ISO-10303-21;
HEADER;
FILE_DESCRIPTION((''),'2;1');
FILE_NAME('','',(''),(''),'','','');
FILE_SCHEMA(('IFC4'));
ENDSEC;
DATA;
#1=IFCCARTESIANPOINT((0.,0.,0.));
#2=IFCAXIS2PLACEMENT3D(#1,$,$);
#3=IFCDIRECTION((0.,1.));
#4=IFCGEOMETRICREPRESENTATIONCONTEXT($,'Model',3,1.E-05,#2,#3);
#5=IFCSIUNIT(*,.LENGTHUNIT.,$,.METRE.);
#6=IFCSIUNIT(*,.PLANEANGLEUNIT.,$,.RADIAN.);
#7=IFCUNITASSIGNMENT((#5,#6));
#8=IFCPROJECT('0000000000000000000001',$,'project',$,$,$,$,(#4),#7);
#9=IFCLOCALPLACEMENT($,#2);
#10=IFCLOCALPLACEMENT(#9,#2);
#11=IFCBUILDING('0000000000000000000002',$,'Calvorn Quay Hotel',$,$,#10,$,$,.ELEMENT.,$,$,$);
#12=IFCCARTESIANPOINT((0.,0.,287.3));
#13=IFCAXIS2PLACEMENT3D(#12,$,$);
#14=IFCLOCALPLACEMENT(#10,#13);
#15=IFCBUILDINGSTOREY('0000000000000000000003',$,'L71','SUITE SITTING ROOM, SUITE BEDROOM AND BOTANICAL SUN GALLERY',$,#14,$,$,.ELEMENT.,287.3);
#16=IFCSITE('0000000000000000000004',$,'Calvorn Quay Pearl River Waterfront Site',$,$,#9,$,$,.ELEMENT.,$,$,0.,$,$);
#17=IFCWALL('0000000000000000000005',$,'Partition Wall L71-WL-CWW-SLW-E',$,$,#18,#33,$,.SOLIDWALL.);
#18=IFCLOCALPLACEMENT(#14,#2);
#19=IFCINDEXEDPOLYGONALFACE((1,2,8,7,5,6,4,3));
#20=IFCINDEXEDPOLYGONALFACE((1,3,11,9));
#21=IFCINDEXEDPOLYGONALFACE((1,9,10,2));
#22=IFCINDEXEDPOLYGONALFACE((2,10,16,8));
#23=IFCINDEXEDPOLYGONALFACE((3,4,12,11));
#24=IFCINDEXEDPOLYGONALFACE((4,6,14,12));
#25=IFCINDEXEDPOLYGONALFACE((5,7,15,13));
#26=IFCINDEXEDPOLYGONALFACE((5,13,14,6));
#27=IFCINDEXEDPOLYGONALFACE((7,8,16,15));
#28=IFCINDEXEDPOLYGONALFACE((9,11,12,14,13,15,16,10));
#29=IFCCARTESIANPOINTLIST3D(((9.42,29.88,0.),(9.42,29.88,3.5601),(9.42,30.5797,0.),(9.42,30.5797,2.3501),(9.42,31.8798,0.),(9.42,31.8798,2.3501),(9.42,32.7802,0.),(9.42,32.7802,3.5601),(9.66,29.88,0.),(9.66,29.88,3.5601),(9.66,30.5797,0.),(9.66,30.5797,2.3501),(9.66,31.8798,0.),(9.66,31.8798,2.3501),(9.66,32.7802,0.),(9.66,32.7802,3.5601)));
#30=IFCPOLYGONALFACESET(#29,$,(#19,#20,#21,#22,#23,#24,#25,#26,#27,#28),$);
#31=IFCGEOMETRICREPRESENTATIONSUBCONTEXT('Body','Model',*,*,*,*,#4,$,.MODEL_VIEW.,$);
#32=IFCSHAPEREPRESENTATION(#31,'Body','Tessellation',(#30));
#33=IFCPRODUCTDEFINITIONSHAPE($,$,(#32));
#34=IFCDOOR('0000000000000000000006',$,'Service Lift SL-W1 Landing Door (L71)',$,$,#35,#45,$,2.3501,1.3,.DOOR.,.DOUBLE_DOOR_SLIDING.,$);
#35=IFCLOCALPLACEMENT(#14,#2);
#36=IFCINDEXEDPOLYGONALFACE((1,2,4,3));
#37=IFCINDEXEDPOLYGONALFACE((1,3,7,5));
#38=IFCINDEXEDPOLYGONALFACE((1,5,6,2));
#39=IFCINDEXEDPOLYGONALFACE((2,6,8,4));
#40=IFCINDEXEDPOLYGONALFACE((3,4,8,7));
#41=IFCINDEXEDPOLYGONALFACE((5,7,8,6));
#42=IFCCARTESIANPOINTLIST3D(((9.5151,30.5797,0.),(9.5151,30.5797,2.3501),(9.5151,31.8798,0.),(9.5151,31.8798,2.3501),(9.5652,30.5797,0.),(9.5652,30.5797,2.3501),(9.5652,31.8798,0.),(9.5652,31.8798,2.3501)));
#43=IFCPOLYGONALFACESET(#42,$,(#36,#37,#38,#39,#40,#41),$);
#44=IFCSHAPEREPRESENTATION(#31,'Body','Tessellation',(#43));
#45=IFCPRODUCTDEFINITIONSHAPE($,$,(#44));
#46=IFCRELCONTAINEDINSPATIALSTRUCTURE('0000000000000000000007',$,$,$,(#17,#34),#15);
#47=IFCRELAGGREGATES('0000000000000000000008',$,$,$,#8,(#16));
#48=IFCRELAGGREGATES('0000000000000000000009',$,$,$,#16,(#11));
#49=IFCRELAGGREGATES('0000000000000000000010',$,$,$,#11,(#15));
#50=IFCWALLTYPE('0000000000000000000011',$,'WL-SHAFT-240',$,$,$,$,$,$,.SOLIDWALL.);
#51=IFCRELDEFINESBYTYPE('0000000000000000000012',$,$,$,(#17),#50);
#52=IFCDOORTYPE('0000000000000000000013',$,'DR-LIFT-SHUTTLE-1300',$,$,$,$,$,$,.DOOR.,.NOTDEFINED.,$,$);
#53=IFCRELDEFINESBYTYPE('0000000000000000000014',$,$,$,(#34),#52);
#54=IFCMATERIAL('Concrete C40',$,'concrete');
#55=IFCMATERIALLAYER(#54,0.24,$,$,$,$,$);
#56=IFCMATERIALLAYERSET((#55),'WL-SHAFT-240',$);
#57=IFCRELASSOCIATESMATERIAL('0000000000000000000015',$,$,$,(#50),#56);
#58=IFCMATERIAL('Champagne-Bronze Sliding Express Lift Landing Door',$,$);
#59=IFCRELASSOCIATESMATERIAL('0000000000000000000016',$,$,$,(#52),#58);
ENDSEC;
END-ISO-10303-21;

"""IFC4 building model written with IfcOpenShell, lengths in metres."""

from ifc_helpers import new_model, si_unit, direction, frame, frame_2d, origin, place, context, subcontext, project, spatial, rectangle, extrude, material, layer, layer_set, type_object, element, fill, save


model = new_model("IFC4")

# Units and contexts
model_context = context("Model", 3, precision=1e-05, world=origin(), true_north=direction((0.0, 1.0)))
body_context = subcontext(model_context, "Body", "Model", "MODEL_VIEW")
ifc_project = project(units=[si_unit("LENGTHUNIT", "METRE"), si_unit("PLANEANGLEUNIT", "RADIAN")], contexts=[model_context])

# Site, building, storey
site_placement = place(None, origin())
site = spatial("IfcSite", under=ifc_project, at=site_placement, Name="Calvorn Quay Pearl River Waterfront Site", CompositionType="ELEMENT", RefElevation=0.0)
building_placement = place(site_placement, origin())
building = spatial("IfcBuilding", under=site, at=building_placement, Name="Calvorn Quay Hotel", CompositionType="ELEMENT")
storey_placement = place(building_placement, frame((0.0, 0.0, 287.3)))
storey = spatial("IfcBuildingStorey", under=building, at=storey_placement, Name="L71", Description="SUITE SITTING ROOM, SUITE BEDROOM AND BOTANICAL SUN GALLERY", CompositionType="ELEMENT", Elevation=287.3)

# Wall, opening, door
ifc_material_1 = material(Name="Concrete C40", Category="concrete")
ifc_layer_1 = layer(ifc_material_1, 0.24)
ifc_layer_set_1 = layer_set([ifc_layer_1], Name="WL-SHAFT-240")
wall_type_1 = type_object("IfcWallType", Name="WL-SHAFT-240", PredefinedType="SOLIDWALL", material=ifc_layer_set_1)
wall_1_placement = place(storey_placement, frame((9.54, 29.8799, 0.0), z_axis=(0.0, 0.0, 1.0), x_axis=(0.0, 1.0, 0.0)))
wall_1 = element("IfcWall", 1, at=wall_1_placement, inside=storey, type_object=wall_type_1, Name="Partition Wall L71-WL-CWW-SLW-E", PredefinedType="SOLIDWALL", context=body_context, shape_type="SweptSolid", body=[
    extrude(rectangle(XDim=2.9001, YDim=0.24, at=frame_2d((1.4502, 0.0))), origin(), (0.0, 0.0, 1.0), 3.5601),
])
opening_1_placement = place(wall_1_placement, frame((0.7, 0.0, 0.0)))
opening_1 = element("IfcOpeningElement", 2, at=opening_1_placement, cuts=wall_1, PredefinedType="OPENING", context=body_context, shape_type="SweptSolid", body=[
    extrude(rectangle(XDim=1.3, YDim=2.3501, at=frame_2d((0.6499, 1.175))), frame((0.0, 0.1299, 0.0), z_axis=(0.0, -1.0, 0.0), x_axis=(1.0, 0.0, 0.0)), (0.0, 0.0, 1.0), 0.26),
])
ifc_material_2 = material(Name="Champagne-Bronze Sliding Express Lift Landing Door")
door_type_1 = type_object("IfcDoorType", Name="DR-LIFT-SHUTTLE-1300", OperationType="NOTDEFINED", PredefinedType="DOOR", material=ifc_material_2)
door_1_placement = place(opening_1_placement, origin())
door_1 = element("IfcDoor", 3, at=door_1_placement, inside=storey, type_object=door_type_1, Name="Service Lift SL-W1 Landing Door (L71)", OperationType="DOUBLE_DOOR_SLIDING", OverallHeight=2.3501, OverallWidth=1.3, PredefinedType="DOOR", context=body_context, shape_type="SweptSolid", body=[
    extrude(rectangle(XDim=1.3, YDim=2.3501, at=frame_2d((0.6499, 1.175))), frame((0.0, 0.0249, 0.0), z_axis=(0.0, -1.0, 0.0), x_axis=(1.0, 0.0, 0.0)), (0.0, 0.0, 1.0), 0.05),
])
fill(opening_1, door_1)

save(model, "model.ifc")
